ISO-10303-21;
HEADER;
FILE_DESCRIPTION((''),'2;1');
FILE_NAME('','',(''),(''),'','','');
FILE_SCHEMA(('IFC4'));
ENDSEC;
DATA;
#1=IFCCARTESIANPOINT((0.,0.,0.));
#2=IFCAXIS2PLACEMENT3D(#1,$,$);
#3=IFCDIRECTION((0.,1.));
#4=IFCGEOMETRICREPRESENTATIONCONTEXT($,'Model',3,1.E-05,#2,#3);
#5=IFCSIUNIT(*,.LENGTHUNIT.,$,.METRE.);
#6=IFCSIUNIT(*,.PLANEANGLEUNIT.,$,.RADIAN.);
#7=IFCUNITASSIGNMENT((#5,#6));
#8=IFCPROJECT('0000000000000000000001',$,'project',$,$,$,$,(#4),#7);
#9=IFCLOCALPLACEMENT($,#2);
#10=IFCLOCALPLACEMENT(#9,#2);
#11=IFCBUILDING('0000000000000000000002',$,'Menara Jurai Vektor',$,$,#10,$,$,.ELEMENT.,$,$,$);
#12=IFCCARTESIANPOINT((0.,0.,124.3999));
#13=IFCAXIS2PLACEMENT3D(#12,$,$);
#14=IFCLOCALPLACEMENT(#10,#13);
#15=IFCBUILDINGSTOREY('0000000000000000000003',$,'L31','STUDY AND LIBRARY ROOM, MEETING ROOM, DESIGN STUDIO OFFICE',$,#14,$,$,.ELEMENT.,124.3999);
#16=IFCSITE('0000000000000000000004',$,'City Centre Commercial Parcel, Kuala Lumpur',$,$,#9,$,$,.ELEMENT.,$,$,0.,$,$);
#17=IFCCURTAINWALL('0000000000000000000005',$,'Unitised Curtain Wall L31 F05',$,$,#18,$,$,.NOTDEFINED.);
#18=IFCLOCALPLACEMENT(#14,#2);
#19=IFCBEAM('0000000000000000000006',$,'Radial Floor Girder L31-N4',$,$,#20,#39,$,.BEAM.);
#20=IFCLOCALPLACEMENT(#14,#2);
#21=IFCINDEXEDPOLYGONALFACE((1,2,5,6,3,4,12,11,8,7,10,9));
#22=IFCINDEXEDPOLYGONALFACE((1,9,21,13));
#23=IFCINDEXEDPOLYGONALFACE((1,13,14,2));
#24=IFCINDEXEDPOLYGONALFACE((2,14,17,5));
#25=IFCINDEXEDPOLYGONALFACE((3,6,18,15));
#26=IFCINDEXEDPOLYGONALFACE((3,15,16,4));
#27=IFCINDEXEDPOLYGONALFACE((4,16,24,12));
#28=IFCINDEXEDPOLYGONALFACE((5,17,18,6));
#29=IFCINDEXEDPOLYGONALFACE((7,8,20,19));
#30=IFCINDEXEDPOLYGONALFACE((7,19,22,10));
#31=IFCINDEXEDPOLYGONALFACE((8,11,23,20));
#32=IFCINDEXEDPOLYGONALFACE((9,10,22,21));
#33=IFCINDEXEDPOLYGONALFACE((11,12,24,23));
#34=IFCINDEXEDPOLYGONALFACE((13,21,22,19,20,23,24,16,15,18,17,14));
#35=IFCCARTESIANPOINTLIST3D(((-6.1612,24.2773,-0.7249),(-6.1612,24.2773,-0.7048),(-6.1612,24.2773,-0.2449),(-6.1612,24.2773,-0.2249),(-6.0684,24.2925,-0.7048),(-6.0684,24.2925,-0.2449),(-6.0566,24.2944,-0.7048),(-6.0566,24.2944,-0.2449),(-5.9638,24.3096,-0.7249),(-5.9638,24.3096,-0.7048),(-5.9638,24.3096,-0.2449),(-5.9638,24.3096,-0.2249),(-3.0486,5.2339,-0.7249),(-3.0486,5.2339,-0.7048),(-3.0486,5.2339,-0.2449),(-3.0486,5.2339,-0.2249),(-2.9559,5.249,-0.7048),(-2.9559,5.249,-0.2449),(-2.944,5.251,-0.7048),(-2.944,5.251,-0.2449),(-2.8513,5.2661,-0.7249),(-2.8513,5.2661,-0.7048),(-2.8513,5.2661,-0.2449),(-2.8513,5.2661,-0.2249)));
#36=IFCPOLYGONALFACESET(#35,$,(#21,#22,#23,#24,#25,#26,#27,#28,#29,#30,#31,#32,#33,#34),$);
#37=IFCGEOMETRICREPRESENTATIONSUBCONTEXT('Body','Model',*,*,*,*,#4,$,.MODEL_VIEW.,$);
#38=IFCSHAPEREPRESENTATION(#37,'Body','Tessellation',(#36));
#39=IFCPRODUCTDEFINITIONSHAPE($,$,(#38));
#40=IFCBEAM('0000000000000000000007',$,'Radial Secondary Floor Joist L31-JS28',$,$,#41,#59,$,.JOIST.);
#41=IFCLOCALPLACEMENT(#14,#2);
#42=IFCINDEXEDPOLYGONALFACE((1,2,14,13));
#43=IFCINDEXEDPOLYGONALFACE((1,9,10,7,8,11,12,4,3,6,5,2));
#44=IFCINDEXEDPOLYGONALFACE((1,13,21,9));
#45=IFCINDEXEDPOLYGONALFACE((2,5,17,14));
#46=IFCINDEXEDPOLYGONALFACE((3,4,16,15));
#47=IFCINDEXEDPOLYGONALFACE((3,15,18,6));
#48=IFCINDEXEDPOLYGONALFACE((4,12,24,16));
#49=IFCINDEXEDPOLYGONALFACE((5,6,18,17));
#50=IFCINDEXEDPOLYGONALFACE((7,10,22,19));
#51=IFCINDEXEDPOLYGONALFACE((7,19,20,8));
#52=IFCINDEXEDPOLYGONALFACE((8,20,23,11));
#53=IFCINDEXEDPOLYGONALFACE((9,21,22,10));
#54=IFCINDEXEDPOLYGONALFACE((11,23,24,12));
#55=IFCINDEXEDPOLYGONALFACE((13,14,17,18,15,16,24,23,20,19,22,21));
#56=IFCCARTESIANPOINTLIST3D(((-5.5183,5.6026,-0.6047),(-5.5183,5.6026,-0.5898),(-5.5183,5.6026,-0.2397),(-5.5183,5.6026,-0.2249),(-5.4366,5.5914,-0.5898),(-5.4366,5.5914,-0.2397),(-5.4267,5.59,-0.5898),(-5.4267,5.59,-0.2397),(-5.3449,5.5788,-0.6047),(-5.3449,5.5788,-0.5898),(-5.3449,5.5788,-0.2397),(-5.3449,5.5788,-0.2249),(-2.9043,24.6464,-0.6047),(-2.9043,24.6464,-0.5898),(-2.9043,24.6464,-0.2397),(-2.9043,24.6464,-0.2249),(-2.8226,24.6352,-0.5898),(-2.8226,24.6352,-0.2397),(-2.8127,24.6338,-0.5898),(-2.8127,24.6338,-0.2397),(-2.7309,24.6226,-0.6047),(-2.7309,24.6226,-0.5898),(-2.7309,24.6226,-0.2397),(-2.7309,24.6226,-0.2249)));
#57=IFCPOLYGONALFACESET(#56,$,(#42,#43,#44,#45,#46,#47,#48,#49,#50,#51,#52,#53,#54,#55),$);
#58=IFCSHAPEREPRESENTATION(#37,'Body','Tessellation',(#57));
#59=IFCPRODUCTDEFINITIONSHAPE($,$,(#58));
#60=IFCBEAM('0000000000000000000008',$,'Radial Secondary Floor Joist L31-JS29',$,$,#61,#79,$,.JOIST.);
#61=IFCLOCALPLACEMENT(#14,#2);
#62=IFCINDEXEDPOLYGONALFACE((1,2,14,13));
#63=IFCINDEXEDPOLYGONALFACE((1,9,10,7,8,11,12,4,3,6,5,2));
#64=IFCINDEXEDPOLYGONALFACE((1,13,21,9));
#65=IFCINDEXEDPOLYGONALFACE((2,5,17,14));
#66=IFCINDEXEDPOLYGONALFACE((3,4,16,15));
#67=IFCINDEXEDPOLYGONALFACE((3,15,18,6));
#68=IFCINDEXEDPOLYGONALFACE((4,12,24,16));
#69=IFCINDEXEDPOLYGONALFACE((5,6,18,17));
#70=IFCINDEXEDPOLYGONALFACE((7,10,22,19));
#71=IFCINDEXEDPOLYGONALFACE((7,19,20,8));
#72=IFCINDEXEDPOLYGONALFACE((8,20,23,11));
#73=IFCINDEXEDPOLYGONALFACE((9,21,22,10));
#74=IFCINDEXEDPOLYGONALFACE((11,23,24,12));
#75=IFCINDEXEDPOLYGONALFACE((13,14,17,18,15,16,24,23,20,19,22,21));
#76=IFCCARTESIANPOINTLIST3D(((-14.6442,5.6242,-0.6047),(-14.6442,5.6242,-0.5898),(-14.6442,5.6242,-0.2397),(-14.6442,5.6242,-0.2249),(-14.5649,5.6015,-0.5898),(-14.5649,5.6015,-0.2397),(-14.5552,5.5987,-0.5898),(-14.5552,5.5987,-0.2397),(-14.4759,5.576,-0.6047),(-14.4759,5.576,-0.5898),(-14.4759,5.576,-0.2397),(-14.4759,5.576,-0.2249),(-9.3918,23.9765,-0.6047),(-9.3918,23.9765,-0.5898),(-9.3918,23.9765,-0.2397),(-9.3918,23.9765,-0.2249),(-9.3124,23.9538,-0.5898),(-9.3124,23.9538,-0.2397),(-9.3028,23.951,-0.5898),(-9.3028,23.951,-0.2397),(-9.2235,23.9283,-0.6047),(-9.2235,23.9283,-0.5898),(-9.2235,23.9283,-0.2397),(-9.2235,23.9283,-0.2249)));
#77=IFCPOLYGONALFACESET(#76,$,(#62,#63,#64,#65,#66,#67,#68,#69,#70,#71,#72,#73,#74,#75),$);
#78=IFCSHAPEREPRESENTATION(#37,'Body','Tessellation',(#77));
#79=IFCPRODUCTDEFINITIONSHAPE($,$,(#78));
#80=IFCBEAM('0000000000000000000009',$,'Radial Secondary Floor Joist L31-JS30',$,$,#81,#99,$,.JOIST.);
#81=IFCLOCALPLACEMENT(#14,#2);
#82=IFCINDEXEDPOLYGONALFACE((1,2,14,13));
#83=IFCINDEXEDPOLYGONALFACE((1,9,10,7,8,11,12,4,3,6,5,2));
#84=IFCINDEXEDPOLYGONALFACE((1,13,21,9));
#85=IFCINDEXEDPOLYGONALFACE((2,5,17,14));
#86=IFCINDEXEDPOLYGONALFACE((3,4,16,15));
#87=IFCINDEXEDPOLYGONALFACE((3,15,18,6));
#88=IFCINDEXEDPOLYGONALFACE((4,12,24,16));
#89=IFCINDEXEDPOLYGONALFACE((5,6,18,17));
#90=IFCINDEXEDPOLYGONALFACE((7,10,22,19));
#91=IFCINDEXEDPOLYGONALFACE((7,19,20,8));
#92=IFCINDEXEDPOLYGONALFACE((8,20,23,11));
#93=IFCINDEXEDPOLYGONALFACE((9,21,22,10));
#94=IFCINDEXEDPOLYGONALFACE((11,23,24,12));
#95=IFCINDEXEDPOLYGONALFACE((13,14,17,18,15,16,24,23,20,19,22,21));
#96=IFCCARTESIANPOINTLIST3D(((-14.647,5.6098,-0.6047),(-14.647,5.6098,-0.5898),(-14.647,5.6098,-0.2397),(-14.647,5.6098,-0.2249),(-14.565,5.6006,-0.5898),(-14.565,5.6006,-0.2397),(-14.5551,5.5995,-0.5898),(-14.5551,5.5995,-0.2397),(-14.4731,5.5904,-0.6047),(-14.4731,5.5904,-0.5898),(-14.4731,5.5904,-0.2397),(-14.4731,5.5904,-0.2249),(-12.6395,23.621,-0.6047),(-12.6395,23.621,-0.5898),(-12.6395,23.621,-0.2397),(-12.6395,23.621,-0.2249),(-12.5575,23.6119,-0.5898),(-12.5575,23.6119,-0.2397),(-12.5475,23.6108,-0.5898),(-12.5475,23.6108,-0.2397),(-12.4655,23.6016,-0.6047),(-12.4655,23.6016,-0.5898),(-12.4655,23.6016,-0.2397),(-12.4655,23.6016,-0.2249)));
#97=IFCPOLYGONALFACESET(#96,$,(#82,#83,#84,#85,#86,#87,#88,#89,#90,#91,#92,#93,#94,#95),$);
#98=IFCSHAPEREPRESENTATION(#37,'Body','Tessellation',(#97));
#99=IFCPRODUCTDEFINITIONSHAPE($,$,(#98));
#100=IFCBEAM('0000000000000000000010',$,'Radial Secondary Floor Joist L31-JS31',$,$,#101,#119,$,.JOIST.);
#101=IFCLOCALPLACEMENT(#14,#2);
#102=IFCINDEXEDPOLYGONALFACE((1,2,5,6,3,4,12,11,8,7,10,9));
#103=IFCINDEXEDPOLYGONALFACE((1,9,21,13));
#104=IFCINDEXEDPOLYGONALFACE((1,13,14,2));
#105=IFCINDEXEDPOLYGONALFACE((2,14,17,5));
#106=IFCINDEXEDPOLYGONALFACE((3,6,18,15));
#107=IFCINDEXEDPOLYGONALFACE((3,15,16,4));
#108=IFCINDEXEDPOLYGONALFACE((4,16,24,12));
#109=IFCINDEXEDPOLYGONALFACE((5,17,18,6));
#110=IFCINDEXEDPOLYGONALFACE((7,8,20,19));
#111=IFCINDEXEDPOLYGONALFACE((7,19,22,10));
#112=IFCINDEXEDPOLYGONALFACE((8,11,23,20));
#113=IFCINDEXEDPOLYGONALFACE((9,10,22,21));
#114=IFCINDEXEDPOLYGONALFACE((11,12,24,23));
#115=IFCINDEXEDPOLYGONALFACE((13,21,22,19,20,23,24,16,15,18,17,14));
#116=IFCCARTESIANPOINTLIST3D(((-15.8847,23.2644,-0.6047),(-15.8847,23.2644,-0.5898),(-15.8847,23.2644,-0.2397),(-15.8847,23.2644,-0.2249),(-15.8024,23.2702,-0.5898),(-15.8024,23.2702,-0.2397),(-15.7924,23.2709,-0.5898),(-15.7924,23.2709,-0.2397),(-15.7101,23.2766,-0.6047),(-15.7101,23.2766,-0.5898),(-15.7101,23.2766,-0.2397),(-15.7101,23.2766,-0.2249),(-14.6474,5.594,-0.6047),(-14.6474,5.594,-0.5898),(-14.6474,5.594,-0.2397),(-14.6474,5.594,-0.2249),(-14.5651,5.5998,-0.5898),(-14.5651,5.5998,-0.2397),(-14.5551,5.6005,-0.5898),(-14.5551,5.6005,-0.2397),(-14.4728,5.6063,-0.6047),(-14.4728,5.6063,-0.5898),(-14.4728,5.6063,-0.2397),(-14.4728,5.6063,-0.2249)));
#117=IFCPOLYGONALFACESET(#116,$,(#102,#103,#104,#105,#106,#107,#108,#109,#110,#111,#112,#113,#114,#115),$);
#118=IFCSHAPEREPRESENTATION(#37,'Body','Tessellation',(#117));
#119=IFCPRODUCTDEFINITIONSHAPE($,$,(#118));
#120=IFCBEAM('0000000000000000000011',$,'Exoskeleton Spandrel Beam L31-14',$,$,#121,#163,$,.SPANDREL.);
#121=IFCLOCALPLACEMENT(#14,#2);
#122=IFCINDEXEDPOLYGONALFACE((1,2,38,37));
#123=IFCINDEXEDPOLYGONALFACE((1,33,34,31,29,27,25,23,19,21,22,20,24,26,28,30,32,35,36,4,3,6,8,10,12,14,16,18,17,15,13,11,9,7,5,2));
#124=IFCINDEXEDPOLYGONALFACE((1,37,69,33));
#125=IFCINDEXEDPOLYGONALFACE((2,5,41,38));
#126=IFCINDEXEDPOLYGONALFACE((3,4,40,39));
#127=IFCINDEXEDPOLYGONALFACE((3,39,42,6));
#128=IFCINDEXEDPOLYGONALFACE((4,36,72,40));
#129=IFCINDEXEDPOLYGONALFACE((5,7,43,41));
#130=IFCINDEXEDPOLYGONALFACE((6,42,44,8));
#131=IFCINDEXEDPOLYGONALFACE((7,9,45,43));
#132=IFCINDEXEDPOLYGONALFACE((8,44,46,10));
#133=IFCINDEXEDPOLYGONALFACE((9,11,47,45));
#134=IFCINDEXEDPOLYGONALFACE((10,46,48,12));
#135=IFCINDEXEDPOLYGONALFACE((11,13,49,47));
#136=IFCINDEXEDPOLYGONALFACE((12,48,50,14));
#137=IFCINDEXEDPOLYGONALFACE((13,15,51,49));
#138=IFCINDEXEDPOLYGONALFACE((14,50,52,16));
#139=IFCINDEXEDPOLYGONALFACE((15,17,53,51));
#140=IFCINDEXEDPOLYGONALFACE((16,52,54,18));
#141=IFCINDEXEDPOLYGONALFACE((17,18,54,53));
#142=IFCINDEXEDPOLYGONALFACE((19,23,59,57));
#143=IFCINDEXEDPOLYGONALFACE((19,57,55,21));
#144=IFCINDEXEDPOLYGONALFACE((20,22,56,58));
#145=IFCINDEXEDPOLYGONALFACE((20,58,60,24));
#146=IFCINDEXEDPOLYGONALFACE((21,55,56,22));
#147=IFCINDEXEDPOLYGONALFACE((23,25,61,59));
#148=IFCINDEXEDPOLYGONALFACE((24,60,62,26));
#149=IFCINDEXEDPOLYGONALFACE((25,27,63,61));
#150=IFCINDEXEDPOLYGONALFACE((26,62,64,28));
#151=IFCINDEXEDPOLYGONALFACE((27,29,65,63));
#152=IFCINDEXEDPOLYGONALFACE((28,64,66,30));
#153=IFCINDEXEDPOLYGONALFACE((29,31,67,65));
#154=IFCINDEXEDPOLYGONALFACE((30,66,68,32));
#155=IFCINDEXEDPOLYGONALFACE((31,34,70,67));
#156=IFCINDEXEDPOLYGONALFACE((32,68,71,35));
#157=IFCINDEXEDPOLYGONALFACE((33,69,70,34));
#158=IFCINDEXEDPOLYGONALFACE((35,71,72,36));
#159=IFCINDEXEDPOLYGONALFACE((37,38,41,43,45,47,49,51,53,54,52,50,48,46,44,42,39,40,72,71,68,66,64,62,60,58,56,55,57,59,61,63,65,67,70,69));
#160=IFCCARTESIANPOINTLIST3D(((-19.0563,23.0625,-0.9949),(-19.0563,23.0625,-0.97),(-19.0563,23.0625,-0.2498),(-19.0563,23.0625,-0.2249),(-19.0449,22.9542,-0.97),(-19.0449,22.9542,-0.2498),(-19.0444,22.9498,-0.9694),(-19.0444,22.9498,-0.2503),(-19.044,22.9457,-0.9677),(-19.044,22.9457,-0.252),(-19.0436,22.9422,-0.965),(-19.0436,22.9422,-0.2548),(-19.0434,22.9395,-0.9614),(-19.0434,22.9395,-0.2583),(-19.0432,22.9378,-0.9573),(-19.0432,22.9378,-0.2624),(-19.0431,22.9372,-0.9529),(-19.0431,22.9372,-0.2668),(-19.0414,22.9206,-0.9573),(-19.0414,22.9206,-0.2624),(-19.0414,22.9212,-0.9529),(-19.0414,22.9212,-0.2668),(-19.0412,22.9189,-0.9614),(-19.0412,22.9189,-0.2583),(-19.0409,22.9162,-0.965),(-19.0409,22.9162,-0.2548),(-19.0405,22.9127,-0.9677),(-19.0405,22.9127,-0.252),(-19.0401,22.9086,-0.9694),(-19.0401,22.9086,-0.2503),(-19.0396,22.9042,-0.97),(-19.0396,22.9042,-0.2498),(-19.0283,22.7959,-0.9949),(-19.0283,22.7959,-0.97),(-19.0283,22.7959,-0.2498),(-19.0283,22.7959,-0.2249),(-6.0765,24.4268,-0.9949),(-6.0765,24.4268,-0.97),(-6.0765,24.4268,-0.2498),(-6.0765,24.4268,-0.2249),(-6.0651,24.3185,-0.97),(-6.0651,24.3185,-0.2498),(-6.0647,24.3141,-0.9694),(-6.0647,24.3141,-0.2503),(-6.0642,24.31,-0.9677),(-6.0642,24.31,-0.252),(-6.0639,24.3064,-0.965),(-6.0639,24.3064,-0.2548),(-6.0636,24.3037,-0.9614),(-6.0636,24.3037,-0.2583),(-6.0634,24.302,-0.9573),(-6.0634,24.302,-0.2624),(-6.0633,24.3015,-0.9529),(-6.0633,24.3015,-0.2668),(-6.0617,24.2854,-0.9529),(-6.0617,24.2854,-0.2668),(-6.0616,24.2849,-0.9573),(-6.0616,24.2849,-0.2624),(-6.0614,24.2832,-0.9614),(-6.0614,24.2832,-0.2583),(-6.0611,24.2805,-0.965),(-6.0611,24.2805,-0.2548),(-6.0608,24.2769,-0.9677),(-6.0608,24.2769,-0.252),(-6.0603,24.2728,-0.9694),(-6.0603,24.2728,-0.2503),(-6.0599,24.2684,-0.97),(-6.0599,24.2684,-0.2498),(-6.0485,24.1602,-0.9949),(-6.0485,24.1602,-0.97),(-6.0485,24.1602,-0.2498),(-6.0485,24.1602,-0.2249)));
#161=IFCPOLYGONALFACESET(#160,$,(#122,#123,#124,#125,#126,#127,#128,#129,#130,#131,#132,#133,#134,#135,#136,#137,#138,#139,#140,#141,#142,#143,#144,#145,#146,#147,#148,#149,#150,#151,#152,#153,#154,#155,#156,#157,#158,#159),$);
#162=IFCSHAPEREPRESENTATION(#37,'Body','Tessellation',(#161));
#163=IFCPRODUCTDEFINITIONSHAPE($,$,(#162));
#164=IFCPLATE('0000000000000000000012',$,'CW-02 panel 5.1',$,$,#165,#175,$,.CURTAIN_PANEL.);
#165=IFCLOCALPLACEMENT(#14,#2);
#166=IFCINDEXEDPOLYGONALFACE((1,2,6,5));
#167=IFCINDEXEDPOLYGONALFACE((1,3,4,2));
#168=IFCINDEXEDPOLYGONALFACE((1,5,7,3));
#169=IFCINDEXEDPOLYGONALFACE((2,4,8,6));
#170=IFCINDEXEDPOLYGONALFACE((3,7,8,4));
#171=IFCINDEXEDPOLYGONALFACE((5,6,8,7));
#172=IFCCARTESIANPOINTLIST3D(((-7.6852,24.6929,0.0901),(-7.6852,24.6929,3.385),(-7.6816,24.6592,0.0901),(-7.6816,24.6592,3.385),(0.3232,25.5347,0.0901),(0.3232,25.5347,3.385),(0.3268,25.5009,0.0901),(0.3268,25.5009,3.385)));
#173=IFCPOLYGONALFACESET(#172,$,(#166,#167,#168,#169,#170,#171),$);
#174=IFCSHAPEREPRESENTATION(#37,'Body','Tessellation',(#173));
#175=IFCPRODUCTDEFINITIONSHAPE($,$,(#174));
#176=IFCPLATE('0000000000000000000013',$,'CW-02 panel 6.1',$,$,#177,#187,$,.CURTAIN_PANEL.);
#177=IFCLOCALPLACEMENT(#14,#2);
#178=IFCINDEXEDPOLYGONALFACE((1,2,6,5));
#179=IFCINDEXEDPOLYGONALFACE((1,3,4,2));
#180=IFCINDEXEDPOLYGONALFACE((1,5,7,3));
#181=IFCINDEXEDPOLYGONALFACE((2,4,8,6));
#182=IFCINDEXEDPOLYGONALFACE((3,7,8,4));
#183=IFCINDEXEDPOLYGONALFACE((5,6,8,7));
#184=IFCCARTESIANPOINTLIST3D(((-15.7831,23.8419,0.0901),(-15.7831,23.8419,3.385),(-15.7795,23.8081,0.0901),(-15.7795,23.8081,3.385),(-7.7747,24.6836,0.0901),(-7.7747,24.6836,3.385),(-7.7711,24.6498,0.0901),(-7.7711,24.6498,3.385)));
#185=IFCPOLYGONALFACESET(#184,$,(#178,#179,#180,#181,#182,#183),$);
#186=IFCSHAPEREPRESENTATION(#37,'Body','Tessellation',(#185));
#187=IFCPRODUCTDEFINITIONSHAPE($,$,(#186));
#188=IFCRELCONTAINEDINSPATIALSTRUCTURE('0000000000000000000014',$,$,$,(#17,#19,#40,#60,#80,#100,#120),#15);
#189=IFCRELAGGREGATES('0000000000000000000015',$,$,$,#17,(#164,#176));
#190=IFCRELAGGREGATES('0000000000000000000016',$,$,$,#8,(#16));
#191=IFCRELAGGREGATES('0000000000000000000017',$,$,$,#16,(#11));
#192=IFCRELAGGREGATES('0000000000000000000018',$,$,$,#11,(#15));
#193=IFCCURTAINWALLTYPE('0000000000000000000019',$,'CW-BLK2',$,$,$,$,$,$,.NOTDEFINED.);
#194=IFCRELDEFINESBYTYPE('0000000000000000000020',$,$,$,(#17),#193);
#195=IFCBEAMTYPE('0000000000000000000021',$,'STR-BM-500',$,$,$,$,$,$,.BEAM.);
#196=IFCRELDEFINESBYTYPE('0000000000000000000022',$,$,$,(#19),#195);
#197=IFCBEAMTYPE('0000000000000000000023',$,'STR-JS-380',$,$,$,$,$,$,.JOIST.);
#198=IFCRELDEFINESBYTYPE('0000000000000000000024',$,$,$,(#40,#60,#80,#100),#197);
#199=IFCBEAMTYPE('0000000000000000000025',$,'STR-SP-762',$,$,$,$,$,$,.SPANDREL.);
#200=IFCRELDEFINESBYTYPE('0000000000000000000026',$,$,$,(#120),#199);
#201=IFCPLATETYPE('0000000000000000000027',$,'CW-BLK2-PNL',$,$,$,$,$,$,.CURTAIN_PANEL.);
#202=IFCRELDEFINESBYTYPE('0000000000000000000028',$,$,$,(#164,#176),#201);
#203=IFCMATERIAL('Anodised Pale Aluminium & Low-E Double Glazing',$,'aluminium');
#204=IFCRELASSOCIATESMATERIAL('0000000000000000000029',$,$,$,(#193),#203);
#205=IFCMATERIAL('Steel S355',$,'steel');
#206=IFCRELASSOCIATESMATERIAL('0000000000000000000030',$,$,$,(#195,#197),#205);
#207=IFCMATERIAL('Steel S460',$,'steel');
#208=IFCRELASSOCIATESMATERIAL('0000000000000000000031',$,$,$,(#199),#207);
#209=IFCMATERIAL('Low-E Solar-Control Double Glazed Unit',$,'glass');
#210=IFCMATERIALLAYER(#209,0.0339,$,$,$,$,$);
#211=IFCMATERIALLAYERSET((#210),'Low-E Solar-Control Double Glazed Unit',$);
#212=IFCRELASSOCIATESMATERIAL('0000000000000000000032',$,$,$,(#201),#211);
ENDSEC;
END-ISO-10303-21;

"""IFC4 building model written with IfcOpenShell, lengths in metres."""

from ifc_helpers import new_model, si_unit, direction, frame, origin, origin_2d, place, context, subcontext, project, spatial, rectangle, i_section, extrude, material, layer, layer_set, material_profile, profile_set, type_object, element, aggregate, save


model = new_model("IFC4")

# Units and contexts
model_context = context("Model", 3, precision=1e-05, world=origin(), true_north=direction((0.0, 1.0)))
body_context = subcontext(model_context, "Body", "Model", "MODEL_VIEW")
ifc_project = project(units=[si_unit("LENGTHUNIT", "METRE"), si_unit("PLANEANGLEUNIT", "RADIAN")], contexts=[model_context])

# Site, building, storey
site_placement = place(None, origin())
site = spatial("IfcSite", under=ifc_project, at=site_placement, Name="City Centre Commercial Parcel, Kuala Lumpur", CompositionType="ELEMENT", RefElevation=0.0)
building_placement = place(site_placement, origin())
building = spatial("IfcBuilding", under=site, at=building_placement, Name="Menara Jurai Vektor", CompositionType="ELEMENT")
storey_placement = place(building_placement, frame((0.0, 0.0, 124.3999)))
storey = spatial("IfcBuildingStorey", under=building, at=storey_placement, Name="L31", Description="STUDY AND LIBRARY ROOM, MEETING ROOM, DESIGN STUDIO OFFICE", CompositionType="ELEMENT", Elevation=124.3999)

# Shared definitions
ifc_material_1 = material(Name="Steel S355", Category="steel")
ifc_material_2 = material(Name="Steel S460", Category="steel")

# Curtain wall
ifc_material_3 = material(Name="Anodised Pale Aluminium & Low-E Double Glazing", Category="aluminium")
curtain_wall_type = type_object("IfcCurtainWallType", Name="CW-BLK2", PredefinedType="NOTDEFINED", material=ifc_material_3)
curtain_wall_placement = place(storey_placement, origin())
curtain_wall = element("IfcCurtainWall", 1, at=curtain_wall_placement, inside=storey, type_object=curtain_wall_type, Name="Unitised Curtain Wall L31 F05", PredefinedType="NOTDEFINED")

# Beams
ifc_material_profile_1 = material_profile(ifc_material_1, i_section(OverallWidth=0.2, OverallDepth=0.5, WebThickness=0.012, FlangeThickness=0.02, at=origin_2d()), Name="PG 500x200x96")
ifc_profile_set_1 = profile_set([ifc_material_profile_1], Name="Steel S355")
beam_type_1 = type_object("IfcBeamType", Name="STR-BM-500", PredefinedType="BEAM", material=ifc_profile_set_1)
beam_1_placement = place(storey_placement, frame((-6.0625, 24.2935, -0.4749), z_axis=(0.161304, -0.986905, 0.0), x_axis=(0.986905, 0.161304, 0.0)))
element("IfcBeam", 2, at=beam_1_placement, inside=storey, type_object=beam_type_1, Name="Radial Floor Girder L31-N4", PredefinedType="BEAM", context=body_context, shape_type="SweptSolid", body=[
    extrude(i_section(OverallWidth=0.2, OverallDepth=0.5, WebThickness=0.012, FlangeThickness=0.02, at=origin_2d()), origin(), (0.0, 0.0, 1.0), 19.2961),
])
ifc_material_profile_2 = material_profile(ifc_material_1, i_section(OverallWidth=0.175, OverallDepth=0.3799, WebThickness=0.01, FlangeThickness=0.0149, at=origin_2d()), Name="PG 380x175x58")
ifc_profile_set_2 = profile_set([ifc_material_profile_2], Name="Steel S355")
beam_type_2 = type_object("IfcBeamType", Name="STR-JS-380", PredefinedType="JOIST", material=ifc_profile_set_2)
beam_2_placement = place(storey_placement, frame((-2.8176, 24.6345, -0.4148), z_axis=(-0.135987, -0.990711, 0.0), x_axis=(0.990711, -0.135987, 0.0)))
element("IfcBeam", 3, at=beam_2_placement, inside=storey, type_object=beam_type_2, Name="Radial Secondary Floor Joist L31-JS28", PredefinedType="JOIST", context=body_context, shape_type="SweptSolid", body=[
    extrude(i_section(OverallWidth=0.175, OverallDepth=0.3799, WebThickness=0.01, FlangeThickness=0.0149, at=origin_2d()), origin(), (0.0, 0.0, 1.0), 19.2224),
])
beam_3_placement = place(storey_placement, frame((-9.3076, 23.9524, -0.4148), z_axis=(-0.275154, -0.9614, 0.0), x_axis=(0.9614, -0.275154, 0.0)))
element("IfcBeam", 4, at=beam_3_placement, inside=storey, type_object=beam_type_2, Name="Radial Secondary Floor Joist L31-JS29", PredefinedType="JOIST", context=body_context, shape_type="SweptSolid", body=[
    extrude(i_section(OverallWidth=0.175, OverallDepth=0.3799, WebThickness=0.01, FlangeThickness=0.0149, at=origin_2d()), origin(), (0.0, 0.0, 1.0), 19.0891),
])
beam_4_placement = place(storey_placement, frame((-12.5525, 23.6113, -0.4148), z_axis=(-0.110776, -0.993845, 0.0), x_axis=(0.993845, -0.110776, 0.0)))
element("IfcBeam", 5, at=beam_4_placement, inside=storey, type_object=beam_type_2, Name="Radial Secondary Floor Joist L31-JS30", PredefinedType="JOIST", context=body_context, shape_type="SweptSolid", body=[
    extrude(i_section(OverallWidth=0.175, OverallDepth=0.3799, WebThickness=0.01, FlangeThickness=0.0149, at=origin_2d()), origin(), (0.0, 0.0, 1.0), 18.1228),
])
beam_5_placement = place(storey_placement, frame((-15.7974, 23.2705, -0.4148), z_axis=(0.06985, -0.997557, 0.0), x_axis=(0.997557, 0.06985, 0.0)))
element("IfcBeam", 6, at=beam_5_placement, inside=storey, type_object=beam_type_2, Name="Radial Secondary Floor Joist L31-JS31", PredefinedType="JOIST", context=body_context, shape_type="SweptSolid", body=[
    extrude(i_section(OverallWidth=0.175, OverallDepth=0.3799, WebThickness=0.01, FlangeThickness=0.0149, at=origin_2d()), origin(), (0.0, 0.0, 1.0), 17.7136),
])
ifc_material_profile_3 = material_profile(ifc_material_2, i_section(OverallWidth=0.2681, OverallDepth=0.77, WebThickness=0.0161, FlangeThickness=0.0249, FilletRadius=0.0171, at=origin_2d()), Name="UKB 762x267x197")
ifc_profile_set_3 = profile_set([ifc_material_profile_3], Name="Steel S460")
beam_type_3 = type_object("IfcBeamType", Name="STR-SP-762", PredefinedType="SPANDREL", material=ifc_profile_set_3)
beam_6_placement = place(storey_placement, frame((-6.0625, 24.2935, -0.6099), z_axis=(-0.994522, -0.104531, 0.0), x_axis=(0.104531, -0.994522, 0.0)))
element("IfcBeam", 7, at=beam_6_placement, inside=storey, type_object=beam_type_3, Name="Exoskeleton Spandrel Beam L31-14", PredefinedType="SPANDREL", context=body_context, shape_type="SweptSolid", body=[
    extrude(i_section(OverallWidth=0.2681, OverallDepth=0.77, WebThickness=0.0161, FlangeThickness=0.0249, FilletRadius=0.0171, at=origin_2d()), origin(), (0.0, 0.0, 1.0), 13.0513),
])

# Plates
ifc_material_4 = material(Name="Low-E Solar-Control Double Glazed Unit", Category="glass")
ifc_layer_1 = layer(ifc_material_4, 0.0339)
ifc_layer_set_1 = layer_set([ifc_layer_1], Name="Low-E Solar-Control Double Glazed Unit")
plate_type_1 = type_object("IfcPlateType", Name="CW-BLK2-PNL", PredefinedType="CURTAIN_PANEL", material=ifc_layer_set_1)
plate_1_placement = place(storey_placement, frame((-3.6792, 25.0969, 0.0901), z_axis=(0.0, 0.0, 1.0), x_axis=(-0.994522, -0.104529, 0.0)))
plate_1 = element("IfcPlate", 8, at=plate_1_placement, type_object=plate_type_1, Name="CW-02 panel 5.1", PredefinedType="CURTAIN_PANEL", context=body_context, shape_type="SweptSolid", body=[
    extrude(rectangle(XDim=8.0525, YDim=0.0339, at=origin_2d()), origin(), (0.0, 0.0, 1.0), 3.2949),
])
plate_2_placement = place(storey_placement, frame((-11.7771, 24.2458, 0.0901), z_axis=(0.0, 0.0, 1.0), x_axis=(-0.994522, -0.104529, 0.0)))
plate_2 = element("IfcPlate", 9, at=plate_2_placement, type_object=plate_type_1, Name="CW-02 panel 6.1", PredefinedType="CURTAIN_PANEL", context=body_context, shape_type="SweptSolid", body=[
    extrude(rectangle(XDim=8.0525, YDim=0.0339, at=origin_2d()), origin(), (0.0, 0.0, 1.0), 3.2949),
])
aggregate(curtain_wall, [plate_1, plate_2])

save(model, "model.ifc")
